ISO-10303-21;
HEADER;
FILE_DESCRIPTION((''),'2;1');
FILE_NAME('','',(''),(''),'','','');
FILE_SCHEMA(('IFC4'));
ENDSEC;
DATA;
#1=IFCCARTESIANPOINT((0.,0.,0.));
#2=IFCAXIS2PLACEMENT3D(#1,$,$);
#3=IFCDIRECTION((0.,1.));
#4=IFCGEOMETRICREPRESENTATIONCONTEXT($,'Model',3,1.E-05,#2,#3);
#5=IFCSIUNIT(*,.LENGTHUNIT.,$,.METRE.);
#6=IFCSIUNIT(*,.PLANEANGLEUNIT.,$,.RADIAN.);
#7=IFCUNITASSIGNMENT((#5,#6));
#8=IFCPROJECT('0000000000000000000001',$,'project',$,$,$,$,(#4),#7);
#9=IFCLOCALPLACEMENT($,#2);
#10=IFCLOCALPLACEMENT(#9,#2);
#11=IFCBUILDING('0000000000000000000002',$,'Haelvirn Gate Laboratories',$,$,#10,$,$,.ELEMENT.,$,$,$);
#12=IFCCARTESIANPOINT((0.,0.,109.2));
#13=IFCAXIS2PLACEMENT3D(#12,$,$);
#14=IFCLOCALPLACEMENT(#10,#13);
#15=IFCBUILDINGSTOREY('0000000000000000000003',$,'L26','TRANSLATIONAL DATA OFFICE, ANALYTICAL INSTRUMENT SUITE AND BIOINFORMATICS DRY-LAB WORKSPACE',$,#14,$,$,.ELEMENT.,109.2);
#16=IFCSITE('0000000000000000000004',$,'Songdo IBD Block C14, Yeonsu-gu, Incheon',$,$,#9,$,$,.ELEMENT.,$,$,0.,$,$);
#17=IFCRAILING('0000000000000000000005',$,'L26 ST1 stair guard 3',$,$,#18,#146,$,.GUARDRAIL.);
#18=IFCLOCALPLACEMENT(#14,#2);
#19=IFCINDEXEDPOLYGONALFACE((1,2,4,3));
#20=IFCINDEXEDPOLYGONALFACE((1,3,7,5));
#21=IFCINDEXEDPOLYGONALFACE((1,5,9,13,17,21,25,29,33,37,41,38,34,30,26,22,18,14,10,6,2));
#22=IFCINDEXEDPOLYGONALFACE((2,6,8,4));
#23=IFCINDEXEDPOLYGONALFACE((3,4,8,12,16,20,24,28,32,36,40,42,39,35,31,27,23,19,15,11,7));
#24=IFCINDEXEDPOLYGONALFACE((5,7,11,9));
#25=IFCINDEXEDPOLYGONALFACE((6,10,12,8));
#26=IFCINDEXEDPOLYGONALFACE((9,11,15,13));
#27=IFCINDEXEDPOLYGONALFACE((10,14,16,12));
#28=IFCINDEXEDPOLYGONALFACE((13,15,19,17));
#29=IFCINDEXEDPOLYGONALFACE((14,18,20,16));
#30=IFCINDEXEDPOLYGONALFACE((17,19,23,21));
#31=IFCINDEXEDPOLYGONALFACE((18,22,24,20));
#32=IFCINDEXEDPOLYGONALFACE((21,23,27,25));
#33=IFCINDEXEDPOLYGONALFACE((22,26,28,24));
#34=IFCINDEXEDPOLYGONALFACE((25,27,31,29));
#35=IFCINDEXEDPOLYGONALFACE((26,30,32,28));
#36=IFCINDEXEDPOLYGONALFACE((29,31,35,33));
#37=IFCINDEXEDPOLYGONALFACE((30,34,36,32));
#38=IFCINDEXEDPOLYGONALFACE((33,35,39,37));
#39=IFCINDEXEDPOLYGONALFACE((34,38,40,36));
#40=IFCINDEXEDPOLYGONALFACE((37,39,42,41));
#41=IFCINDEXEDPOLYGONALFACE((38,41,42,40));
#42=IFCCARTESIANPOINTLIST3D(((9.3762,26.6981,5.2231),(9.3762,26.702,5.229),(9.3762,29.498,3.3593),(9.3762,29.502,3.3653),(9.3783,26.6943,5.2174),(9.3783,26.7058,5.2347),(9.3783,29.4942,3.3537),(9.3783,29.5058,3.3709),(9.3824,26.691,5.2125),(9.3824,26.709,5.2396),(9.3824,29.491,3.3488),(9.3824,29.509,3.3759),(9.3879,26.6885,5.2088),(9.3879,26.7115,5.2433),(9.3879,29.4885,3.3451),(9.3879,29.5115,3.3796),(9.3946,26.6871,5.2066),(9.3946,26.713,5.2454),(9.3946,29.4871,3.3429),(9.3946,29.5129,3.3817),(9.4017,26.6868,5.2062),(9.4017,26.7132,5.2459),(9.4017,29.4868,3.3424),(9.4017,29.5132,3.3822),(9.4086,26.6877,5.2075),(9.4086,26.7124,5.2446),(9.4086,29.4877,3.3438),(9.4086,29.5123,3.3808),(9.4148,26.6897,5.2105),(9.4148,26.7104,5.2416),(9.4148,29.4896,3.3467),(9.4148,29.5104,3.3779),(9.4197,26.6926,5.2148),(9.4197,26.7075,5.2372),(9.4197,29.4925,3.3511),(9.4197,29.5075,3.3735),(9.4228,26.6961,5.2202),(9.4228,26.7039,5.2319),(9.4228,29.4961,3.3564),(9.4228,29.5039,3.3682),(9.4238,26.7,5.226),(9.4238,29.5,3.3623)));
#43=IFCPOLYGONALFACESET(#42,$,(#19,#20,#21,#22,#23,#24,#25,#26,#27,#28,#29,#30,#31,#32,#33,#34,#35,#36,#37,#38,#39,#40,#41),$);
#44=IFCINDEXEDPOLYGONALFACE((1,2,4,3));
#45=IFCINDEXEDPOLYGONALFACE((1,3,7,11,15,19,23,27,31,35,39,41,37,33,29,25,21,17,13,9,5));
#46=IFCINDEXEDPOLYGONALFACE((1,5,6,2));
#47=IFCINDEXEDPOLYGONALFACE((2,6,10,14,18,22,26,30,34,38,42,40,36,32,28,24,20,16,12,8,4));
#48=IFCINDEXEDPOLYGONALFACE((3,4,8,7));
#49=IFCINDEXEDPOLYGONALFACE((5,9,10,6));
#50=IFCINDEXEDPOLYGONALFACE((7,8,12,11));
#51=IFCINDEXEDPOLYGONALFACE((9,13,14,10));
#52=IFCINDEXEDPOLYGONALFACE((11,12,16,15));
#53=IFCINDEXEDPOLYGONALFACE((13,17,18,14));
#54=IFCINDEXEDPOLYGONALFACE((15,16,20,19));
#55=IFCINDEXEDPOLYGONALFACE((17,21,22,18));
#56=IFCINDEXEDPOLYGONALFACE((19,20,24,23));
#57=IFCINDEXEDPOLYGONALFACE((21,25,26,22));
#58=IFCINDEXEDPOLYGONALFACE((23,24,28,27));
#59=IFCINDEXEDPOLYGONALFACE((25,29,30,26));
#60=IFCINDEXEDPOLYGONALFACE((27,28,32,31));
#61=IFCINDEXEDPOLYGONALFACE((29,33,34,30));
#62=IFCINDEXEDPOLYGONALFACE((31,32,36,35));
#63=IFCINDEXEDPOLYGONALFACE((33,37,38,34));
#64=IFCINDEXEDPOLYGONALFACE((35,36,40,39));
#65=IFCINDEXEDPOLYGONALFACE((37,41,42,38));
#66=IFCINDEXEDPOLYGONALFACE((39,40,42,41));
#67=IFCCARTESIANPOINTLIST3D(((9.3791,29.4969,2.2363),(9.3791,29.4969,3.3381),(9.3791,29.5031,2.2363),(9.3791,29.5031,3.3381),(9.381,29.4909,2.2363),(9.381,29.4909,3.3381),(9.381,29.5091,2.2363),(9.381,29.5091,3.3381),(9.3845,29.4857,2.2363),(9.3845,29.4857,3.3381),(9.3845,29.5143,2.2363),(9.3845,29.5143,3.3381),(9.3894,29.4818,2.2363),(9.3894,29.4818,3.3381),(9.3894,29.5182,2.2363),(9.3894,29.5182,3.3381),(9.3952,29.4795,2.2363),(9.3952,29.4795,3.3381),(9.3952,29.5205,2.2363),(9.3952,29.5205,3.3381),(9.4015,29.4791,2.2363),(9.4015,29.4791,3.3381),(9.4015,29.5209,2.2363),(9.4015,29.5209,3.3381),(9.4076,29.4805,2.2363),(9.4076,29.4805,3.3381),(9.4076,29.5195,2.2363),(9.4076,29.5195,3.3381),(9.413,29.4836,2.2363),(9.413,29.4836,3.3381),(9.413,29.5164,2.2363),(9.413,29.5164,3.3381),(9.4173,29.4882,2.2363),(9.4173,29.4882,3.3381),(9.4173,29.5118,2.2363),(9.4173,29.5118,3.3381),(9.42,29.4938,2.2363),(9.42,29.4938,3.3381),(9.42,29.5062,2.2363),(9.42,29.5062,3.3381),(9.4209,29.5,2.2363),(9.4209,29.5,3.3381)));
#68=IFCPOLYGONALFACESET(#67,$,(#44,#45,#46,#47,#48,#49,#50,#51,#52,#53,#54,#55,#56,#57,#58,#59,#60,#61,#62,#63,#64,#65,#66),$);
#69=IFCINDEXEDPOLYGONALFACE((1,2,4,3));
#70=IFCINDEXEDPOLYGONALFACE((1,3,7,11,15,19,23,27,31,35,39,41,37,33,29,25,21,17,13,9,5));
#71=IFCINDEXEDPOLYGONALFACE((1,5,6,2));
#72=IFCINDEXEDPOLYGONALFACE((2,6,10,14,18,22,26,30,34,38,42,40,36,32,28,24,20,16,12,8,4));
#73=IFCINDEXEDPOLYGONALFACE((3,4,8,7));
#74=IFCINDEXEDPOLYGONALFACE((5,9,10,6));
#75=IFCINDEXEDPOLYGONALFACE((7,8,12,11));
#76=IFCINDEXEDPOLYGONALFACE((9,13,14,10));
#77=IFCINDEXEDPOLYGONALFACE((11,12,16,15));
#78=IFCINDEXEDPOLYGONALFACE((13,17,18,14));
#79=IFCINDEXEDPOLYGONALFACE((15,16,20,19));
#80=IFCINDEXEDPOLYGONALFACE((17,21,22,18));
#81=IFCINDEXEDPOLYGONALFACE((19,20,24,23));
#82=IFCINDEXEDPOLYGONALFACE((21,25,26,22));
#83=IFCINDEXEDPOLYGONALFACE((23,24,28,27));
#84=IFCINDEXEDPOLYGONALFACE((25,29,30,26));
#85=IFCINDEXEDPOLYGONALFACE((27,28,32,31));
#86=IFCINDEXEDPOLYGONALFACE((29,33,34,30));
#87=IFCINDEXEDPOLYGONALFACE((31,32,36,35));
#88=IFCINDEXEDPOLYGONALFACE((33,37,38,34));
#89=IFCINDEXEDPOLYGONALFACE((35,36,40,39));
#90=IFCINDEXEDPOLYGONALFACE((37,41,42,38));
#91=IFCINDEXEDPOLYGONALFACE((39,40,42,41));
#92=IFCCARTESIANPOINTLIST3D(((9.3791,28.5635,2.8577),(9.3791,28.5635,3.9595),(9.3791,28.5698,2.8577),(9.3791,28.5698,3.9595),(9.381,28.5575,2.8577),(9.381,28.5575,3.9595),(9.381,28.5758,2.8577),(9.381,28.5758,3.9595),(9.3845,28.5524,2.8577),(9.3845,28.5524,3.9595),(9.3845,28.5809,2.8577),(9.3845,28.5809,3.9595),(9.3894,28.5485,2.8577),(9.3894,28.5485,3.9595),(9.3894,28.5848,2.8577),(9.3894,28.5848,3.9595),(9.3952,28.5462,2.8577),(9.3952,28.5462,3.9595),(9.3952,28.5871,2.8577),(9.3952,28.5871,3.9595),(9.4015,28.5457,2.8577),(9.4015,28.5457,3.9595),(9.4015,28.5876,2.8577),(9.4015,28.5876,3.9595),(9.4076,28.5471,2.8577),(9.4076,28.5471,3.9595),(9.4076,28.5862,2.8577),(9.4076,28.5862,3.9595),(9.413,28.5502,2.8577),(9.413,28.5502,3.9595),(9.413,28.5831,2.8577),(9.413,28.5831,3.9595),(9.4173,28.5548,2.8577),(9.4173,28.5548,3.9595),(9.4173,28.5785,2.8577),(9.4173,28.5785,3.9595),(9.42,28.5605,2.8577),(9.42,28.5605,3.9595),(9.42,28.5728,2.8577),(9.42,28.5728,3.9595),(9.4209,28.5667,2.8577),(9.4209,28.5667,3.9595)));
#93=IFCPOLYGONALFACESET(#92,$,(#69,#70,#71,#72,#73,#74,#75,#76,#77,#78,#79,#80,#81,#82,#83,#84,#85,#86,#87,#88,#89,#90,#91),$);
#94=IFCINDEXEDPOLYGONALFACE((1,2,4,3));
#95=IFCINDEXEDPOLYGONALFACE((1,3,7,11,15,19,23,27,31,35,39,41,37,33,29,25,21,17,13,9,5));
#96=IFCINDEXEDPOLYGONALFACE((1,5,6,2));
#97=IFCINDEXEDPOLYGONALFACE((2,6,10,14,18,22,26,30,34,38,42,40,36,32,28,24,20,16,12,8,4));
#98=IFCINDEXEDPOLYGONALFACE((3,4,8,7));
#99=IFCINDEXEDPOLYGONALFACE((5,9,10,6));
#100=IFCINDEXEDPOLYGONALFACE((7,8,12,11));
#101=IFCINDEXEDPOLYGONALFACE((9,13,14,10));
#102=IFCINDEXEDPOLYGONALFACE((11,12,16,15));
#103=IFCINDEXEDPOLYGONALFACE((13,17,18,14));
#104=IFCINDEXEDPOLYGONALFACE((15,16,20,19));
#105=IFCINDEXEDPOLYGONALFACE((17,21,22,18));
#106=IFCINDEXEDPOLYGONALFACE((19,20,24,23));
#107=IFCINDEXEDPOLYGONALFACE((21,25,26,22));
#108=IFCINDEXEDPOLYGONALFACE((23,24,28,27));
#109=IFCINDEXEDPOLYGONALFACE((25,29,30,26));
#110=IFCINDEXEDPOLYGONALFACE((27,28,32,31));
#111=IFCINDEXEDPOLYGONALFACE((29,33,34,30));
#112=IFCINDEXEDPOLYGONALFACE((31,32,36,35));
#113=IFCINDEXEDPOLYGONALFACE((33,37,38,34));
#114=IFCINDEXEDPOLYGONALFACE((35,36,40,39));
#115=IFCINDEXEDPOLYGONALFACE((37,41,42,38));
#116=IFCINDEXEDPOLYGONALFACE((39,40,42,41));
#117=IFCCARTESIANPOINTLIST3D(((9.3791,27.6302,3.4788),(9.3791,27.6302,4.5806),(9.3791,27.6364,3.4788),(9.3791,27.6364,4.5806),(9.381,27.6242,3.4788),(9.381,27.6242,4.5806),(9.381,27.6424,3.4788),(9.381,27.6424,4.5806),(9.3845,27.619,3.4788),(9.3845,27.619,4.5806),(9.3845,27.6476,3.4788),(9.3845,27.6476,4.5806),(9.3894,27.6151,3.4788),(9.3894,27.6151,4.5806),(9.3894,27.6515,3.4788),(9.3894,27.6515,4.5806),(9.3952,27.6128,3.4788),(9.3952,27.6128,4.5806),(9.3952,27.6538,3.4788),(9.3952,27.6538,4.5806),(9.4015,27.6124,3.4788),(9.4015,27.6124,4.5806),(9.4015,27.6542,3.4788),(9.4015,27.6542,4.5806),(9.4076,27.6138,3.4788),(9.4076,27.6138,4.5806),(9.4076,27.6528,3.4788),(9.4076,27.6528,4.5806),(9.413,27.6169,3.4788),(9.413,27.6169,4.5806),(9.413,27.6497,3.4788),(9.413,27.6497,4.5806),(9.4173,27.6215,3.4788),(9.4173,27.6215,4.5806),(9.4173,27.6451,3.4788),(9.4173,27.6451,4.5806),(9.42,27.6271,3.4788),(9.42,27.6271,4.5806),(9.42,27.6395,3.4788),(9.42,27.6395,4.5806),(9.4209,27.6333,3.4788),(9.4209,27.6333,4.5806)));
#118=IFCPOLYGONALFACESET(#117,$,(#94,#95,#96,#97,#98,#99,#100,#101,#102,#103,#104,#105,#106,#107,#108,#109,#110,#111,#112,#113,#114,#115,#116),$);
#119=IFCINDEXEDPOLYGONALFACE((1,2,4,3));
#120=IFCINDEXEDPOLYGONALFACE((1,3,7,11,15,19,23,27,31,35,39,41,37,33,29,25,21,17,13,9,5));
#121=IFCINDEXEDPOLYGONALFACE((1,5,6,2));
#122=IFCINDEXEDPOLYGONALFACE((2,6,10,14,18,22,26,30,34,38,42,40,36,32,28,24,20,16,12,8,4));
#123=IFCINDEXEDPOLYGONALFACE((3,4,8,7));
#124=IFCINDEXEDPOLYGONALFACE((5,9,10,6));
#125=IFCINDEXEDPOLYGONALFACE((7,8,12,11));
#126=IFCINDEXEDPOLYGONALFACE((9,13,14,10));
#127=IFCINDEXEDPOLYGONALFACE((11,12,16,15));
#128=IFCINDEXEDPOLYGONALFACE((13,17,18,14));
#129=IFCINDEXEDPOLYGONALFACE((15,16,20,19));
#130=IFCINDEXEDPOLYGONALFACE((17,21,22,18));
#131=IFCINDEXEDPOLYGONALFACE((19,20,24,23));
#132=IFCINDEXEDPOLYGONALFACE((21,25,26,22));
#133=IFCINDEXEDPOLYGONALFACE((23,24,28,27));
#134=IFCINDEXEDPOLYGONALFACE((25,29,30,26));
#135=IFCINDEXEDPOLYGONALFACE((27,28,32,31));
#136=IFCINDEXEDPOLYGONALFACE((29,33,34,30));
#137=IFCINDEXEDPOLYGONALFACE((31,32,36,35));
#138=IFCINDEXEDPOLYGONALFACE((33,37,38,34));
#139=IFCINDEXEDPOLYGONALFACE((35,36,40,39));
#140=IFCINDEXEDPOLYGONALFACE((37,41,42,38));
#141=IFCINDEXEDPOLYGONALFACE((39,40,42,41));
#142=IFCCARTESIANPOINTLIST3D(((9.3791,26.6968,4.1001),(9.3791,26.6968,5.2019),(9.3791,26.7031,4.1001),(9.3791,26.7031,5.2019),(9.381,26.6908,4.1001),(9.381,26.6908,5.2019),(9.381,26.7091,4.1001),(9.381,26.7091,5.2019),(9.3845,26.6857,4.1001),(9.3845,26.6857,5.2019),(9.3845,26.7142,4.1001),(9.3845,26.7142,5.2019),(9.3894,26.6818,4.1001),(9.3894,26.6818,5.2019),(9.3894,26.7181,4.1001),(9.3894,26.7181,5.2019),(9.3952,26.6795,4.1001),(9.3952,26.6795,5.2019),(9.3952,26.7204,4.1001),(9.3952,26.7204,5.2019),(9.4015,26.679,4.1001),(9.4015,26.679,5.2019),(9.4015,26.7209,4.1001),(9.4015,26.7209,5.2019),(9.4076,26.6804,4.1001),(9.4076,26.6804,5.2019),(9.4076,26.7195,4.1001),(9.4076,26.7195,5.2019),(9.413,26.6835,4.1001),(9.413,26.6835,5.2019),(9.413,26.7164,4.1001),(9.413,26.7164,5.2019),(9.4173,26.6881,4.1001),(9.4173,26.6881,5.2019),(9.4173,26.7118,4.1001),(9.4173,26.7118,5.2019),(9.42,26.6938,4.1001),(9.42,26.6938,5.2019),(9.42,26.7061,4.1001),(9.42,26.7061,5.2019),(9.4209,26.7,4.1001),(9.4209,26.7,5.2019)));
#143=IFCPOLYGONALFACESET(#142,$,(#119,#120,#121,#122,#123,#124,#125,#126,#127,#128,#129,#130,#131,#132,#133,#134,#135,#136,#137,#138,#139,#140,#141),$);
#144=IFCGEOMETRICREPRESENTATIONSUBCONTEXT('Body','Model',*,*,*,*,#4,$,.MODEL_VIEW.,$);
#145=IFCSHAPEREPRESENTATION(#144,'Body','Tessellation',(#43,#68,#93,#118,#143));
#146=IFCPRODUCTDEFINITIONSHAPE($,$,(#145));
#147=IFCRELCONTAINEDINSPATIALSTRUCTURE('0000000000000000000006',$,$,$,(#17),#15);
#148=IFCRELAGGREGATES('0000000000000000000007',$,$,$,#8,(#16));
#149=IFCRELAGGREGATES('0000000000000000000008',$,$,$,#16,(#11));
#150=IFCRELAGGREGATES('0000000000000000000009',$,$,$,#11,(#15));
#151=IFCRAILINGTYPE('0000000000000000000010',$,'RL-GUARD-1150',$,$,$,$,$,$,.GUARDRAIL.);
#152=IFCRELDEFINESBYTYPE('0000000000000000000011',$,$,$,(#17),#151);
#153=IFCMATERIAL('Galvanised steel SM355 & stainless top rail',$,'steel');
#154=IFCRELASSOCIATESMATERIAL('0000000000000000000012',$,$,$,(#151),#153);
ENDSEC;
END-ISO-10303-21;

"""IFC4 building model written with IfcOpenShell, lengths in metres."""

from ifc_helpers import new_model, si_unit, direction, frame, origin, origin_2d, place, context, subcontext, project, spatial, circle, extrude, source, transform, mapped, material, type_object, element, save


model = new_model("IFC4")

# Units and contexts
model_context = context("Model", 3, precision=1e-05, world=origin(), true_north=direction((0.0, 1.0)))
body_context = subcontext(model_context, "Body", "Model", "MODEL_VIEW")
ifc_project = project(units=[si_unit("LENGTHUNIT", "METRE"), si_unit("PLANEANGLEUNIT", "RADIAN")], contexts=[model_context])

# Site, building, storey
site_placement = place(None, origin())
site = spatial("IfcSite", under=ifc_project, at=site_placement, Name="Songdo IBD Block C14, Yeonsu-gu, Incheon", CompositionType="ELEMENT", RefElevation=0.0)
building_placement = place(site_placement, origin())
building = spatial("IfcBuilding", under=site, at=building_placement, Name="Haelvirn Gate Laboratories", CompositionType="ELEMENT")
storey_placement = place(building_placement, frame((0.0, 0.0, 109.2)))
storey = spatial("IfcBuildingStorey", under=building, at=storey_placement, Name="L26", Description="TRANSLATIONAL DATA OFFICE, ANALYTICAL INSTRUMENT SUITE AND BIOINFORMATICS DRY-LAB WORKSPACE", CompositionType="ELEMENT", Elevation=109.2)

# Railing
ifc_material_1 = material(Name="Galvanised steel SM355 & stainless top rail", Category="steel")
railing_type_1 = type_object("IfcRailingType", Name="RL-GUARD-1150", PredefinedType="GUARDRAIL", material=ifc_material_1)
shared_shape_1 = source(origin(), body_context, "Body", "SweptSolid", [
    extrude(circle(Radius=0.0239, at=origin_2d()), frame((0.0, 0.0, 1.126), z_axis=(0.0, -0.832452, 0.554097), x_axis=(1.0, 0.0, 0.0)), (0.0, 0.0, 1.0), 3.3635),
    extrude(circle(Radius=0.021, at=origin_2d()), origin(), (0.0, 0.0, 1.0), 1.1018),
    extrude(circle(Radius=0.021, at=origin_2d()), frame((0.0, -0.9333, 0.6213)), (0.0, 0.0, 1.0), 1.1018),
    extrude(circle(Radius=0.021, at=origin_2d()), frame((0.0, -1.8667, 1.2424)), (0.0, 0.0, 1.0), 1.1018),
    extrude(circle(Radius=0.021, at=origin_2d()), frame((0.0, -2.8, 1.8638)), (0.0, 0.0, 1.0), 1.1018),
])
railing_1_placement = place(storey_placement, frame((9.3999, 29.5, 2.2363)))
element("IfcRailing", 1, at=railing_1_placement, inside=storey, type_object=railing_type_1, Name="L26 ST1 stair guard 3", PredefinedType="GUARDRAIL", context=body_context, shape_type="MappedRepresentation", body=[
    mapped(shared_shape_1, transform((0.0, 0.0, 0.0), scale=1.0)),
])

save(model, "model.ifc")
